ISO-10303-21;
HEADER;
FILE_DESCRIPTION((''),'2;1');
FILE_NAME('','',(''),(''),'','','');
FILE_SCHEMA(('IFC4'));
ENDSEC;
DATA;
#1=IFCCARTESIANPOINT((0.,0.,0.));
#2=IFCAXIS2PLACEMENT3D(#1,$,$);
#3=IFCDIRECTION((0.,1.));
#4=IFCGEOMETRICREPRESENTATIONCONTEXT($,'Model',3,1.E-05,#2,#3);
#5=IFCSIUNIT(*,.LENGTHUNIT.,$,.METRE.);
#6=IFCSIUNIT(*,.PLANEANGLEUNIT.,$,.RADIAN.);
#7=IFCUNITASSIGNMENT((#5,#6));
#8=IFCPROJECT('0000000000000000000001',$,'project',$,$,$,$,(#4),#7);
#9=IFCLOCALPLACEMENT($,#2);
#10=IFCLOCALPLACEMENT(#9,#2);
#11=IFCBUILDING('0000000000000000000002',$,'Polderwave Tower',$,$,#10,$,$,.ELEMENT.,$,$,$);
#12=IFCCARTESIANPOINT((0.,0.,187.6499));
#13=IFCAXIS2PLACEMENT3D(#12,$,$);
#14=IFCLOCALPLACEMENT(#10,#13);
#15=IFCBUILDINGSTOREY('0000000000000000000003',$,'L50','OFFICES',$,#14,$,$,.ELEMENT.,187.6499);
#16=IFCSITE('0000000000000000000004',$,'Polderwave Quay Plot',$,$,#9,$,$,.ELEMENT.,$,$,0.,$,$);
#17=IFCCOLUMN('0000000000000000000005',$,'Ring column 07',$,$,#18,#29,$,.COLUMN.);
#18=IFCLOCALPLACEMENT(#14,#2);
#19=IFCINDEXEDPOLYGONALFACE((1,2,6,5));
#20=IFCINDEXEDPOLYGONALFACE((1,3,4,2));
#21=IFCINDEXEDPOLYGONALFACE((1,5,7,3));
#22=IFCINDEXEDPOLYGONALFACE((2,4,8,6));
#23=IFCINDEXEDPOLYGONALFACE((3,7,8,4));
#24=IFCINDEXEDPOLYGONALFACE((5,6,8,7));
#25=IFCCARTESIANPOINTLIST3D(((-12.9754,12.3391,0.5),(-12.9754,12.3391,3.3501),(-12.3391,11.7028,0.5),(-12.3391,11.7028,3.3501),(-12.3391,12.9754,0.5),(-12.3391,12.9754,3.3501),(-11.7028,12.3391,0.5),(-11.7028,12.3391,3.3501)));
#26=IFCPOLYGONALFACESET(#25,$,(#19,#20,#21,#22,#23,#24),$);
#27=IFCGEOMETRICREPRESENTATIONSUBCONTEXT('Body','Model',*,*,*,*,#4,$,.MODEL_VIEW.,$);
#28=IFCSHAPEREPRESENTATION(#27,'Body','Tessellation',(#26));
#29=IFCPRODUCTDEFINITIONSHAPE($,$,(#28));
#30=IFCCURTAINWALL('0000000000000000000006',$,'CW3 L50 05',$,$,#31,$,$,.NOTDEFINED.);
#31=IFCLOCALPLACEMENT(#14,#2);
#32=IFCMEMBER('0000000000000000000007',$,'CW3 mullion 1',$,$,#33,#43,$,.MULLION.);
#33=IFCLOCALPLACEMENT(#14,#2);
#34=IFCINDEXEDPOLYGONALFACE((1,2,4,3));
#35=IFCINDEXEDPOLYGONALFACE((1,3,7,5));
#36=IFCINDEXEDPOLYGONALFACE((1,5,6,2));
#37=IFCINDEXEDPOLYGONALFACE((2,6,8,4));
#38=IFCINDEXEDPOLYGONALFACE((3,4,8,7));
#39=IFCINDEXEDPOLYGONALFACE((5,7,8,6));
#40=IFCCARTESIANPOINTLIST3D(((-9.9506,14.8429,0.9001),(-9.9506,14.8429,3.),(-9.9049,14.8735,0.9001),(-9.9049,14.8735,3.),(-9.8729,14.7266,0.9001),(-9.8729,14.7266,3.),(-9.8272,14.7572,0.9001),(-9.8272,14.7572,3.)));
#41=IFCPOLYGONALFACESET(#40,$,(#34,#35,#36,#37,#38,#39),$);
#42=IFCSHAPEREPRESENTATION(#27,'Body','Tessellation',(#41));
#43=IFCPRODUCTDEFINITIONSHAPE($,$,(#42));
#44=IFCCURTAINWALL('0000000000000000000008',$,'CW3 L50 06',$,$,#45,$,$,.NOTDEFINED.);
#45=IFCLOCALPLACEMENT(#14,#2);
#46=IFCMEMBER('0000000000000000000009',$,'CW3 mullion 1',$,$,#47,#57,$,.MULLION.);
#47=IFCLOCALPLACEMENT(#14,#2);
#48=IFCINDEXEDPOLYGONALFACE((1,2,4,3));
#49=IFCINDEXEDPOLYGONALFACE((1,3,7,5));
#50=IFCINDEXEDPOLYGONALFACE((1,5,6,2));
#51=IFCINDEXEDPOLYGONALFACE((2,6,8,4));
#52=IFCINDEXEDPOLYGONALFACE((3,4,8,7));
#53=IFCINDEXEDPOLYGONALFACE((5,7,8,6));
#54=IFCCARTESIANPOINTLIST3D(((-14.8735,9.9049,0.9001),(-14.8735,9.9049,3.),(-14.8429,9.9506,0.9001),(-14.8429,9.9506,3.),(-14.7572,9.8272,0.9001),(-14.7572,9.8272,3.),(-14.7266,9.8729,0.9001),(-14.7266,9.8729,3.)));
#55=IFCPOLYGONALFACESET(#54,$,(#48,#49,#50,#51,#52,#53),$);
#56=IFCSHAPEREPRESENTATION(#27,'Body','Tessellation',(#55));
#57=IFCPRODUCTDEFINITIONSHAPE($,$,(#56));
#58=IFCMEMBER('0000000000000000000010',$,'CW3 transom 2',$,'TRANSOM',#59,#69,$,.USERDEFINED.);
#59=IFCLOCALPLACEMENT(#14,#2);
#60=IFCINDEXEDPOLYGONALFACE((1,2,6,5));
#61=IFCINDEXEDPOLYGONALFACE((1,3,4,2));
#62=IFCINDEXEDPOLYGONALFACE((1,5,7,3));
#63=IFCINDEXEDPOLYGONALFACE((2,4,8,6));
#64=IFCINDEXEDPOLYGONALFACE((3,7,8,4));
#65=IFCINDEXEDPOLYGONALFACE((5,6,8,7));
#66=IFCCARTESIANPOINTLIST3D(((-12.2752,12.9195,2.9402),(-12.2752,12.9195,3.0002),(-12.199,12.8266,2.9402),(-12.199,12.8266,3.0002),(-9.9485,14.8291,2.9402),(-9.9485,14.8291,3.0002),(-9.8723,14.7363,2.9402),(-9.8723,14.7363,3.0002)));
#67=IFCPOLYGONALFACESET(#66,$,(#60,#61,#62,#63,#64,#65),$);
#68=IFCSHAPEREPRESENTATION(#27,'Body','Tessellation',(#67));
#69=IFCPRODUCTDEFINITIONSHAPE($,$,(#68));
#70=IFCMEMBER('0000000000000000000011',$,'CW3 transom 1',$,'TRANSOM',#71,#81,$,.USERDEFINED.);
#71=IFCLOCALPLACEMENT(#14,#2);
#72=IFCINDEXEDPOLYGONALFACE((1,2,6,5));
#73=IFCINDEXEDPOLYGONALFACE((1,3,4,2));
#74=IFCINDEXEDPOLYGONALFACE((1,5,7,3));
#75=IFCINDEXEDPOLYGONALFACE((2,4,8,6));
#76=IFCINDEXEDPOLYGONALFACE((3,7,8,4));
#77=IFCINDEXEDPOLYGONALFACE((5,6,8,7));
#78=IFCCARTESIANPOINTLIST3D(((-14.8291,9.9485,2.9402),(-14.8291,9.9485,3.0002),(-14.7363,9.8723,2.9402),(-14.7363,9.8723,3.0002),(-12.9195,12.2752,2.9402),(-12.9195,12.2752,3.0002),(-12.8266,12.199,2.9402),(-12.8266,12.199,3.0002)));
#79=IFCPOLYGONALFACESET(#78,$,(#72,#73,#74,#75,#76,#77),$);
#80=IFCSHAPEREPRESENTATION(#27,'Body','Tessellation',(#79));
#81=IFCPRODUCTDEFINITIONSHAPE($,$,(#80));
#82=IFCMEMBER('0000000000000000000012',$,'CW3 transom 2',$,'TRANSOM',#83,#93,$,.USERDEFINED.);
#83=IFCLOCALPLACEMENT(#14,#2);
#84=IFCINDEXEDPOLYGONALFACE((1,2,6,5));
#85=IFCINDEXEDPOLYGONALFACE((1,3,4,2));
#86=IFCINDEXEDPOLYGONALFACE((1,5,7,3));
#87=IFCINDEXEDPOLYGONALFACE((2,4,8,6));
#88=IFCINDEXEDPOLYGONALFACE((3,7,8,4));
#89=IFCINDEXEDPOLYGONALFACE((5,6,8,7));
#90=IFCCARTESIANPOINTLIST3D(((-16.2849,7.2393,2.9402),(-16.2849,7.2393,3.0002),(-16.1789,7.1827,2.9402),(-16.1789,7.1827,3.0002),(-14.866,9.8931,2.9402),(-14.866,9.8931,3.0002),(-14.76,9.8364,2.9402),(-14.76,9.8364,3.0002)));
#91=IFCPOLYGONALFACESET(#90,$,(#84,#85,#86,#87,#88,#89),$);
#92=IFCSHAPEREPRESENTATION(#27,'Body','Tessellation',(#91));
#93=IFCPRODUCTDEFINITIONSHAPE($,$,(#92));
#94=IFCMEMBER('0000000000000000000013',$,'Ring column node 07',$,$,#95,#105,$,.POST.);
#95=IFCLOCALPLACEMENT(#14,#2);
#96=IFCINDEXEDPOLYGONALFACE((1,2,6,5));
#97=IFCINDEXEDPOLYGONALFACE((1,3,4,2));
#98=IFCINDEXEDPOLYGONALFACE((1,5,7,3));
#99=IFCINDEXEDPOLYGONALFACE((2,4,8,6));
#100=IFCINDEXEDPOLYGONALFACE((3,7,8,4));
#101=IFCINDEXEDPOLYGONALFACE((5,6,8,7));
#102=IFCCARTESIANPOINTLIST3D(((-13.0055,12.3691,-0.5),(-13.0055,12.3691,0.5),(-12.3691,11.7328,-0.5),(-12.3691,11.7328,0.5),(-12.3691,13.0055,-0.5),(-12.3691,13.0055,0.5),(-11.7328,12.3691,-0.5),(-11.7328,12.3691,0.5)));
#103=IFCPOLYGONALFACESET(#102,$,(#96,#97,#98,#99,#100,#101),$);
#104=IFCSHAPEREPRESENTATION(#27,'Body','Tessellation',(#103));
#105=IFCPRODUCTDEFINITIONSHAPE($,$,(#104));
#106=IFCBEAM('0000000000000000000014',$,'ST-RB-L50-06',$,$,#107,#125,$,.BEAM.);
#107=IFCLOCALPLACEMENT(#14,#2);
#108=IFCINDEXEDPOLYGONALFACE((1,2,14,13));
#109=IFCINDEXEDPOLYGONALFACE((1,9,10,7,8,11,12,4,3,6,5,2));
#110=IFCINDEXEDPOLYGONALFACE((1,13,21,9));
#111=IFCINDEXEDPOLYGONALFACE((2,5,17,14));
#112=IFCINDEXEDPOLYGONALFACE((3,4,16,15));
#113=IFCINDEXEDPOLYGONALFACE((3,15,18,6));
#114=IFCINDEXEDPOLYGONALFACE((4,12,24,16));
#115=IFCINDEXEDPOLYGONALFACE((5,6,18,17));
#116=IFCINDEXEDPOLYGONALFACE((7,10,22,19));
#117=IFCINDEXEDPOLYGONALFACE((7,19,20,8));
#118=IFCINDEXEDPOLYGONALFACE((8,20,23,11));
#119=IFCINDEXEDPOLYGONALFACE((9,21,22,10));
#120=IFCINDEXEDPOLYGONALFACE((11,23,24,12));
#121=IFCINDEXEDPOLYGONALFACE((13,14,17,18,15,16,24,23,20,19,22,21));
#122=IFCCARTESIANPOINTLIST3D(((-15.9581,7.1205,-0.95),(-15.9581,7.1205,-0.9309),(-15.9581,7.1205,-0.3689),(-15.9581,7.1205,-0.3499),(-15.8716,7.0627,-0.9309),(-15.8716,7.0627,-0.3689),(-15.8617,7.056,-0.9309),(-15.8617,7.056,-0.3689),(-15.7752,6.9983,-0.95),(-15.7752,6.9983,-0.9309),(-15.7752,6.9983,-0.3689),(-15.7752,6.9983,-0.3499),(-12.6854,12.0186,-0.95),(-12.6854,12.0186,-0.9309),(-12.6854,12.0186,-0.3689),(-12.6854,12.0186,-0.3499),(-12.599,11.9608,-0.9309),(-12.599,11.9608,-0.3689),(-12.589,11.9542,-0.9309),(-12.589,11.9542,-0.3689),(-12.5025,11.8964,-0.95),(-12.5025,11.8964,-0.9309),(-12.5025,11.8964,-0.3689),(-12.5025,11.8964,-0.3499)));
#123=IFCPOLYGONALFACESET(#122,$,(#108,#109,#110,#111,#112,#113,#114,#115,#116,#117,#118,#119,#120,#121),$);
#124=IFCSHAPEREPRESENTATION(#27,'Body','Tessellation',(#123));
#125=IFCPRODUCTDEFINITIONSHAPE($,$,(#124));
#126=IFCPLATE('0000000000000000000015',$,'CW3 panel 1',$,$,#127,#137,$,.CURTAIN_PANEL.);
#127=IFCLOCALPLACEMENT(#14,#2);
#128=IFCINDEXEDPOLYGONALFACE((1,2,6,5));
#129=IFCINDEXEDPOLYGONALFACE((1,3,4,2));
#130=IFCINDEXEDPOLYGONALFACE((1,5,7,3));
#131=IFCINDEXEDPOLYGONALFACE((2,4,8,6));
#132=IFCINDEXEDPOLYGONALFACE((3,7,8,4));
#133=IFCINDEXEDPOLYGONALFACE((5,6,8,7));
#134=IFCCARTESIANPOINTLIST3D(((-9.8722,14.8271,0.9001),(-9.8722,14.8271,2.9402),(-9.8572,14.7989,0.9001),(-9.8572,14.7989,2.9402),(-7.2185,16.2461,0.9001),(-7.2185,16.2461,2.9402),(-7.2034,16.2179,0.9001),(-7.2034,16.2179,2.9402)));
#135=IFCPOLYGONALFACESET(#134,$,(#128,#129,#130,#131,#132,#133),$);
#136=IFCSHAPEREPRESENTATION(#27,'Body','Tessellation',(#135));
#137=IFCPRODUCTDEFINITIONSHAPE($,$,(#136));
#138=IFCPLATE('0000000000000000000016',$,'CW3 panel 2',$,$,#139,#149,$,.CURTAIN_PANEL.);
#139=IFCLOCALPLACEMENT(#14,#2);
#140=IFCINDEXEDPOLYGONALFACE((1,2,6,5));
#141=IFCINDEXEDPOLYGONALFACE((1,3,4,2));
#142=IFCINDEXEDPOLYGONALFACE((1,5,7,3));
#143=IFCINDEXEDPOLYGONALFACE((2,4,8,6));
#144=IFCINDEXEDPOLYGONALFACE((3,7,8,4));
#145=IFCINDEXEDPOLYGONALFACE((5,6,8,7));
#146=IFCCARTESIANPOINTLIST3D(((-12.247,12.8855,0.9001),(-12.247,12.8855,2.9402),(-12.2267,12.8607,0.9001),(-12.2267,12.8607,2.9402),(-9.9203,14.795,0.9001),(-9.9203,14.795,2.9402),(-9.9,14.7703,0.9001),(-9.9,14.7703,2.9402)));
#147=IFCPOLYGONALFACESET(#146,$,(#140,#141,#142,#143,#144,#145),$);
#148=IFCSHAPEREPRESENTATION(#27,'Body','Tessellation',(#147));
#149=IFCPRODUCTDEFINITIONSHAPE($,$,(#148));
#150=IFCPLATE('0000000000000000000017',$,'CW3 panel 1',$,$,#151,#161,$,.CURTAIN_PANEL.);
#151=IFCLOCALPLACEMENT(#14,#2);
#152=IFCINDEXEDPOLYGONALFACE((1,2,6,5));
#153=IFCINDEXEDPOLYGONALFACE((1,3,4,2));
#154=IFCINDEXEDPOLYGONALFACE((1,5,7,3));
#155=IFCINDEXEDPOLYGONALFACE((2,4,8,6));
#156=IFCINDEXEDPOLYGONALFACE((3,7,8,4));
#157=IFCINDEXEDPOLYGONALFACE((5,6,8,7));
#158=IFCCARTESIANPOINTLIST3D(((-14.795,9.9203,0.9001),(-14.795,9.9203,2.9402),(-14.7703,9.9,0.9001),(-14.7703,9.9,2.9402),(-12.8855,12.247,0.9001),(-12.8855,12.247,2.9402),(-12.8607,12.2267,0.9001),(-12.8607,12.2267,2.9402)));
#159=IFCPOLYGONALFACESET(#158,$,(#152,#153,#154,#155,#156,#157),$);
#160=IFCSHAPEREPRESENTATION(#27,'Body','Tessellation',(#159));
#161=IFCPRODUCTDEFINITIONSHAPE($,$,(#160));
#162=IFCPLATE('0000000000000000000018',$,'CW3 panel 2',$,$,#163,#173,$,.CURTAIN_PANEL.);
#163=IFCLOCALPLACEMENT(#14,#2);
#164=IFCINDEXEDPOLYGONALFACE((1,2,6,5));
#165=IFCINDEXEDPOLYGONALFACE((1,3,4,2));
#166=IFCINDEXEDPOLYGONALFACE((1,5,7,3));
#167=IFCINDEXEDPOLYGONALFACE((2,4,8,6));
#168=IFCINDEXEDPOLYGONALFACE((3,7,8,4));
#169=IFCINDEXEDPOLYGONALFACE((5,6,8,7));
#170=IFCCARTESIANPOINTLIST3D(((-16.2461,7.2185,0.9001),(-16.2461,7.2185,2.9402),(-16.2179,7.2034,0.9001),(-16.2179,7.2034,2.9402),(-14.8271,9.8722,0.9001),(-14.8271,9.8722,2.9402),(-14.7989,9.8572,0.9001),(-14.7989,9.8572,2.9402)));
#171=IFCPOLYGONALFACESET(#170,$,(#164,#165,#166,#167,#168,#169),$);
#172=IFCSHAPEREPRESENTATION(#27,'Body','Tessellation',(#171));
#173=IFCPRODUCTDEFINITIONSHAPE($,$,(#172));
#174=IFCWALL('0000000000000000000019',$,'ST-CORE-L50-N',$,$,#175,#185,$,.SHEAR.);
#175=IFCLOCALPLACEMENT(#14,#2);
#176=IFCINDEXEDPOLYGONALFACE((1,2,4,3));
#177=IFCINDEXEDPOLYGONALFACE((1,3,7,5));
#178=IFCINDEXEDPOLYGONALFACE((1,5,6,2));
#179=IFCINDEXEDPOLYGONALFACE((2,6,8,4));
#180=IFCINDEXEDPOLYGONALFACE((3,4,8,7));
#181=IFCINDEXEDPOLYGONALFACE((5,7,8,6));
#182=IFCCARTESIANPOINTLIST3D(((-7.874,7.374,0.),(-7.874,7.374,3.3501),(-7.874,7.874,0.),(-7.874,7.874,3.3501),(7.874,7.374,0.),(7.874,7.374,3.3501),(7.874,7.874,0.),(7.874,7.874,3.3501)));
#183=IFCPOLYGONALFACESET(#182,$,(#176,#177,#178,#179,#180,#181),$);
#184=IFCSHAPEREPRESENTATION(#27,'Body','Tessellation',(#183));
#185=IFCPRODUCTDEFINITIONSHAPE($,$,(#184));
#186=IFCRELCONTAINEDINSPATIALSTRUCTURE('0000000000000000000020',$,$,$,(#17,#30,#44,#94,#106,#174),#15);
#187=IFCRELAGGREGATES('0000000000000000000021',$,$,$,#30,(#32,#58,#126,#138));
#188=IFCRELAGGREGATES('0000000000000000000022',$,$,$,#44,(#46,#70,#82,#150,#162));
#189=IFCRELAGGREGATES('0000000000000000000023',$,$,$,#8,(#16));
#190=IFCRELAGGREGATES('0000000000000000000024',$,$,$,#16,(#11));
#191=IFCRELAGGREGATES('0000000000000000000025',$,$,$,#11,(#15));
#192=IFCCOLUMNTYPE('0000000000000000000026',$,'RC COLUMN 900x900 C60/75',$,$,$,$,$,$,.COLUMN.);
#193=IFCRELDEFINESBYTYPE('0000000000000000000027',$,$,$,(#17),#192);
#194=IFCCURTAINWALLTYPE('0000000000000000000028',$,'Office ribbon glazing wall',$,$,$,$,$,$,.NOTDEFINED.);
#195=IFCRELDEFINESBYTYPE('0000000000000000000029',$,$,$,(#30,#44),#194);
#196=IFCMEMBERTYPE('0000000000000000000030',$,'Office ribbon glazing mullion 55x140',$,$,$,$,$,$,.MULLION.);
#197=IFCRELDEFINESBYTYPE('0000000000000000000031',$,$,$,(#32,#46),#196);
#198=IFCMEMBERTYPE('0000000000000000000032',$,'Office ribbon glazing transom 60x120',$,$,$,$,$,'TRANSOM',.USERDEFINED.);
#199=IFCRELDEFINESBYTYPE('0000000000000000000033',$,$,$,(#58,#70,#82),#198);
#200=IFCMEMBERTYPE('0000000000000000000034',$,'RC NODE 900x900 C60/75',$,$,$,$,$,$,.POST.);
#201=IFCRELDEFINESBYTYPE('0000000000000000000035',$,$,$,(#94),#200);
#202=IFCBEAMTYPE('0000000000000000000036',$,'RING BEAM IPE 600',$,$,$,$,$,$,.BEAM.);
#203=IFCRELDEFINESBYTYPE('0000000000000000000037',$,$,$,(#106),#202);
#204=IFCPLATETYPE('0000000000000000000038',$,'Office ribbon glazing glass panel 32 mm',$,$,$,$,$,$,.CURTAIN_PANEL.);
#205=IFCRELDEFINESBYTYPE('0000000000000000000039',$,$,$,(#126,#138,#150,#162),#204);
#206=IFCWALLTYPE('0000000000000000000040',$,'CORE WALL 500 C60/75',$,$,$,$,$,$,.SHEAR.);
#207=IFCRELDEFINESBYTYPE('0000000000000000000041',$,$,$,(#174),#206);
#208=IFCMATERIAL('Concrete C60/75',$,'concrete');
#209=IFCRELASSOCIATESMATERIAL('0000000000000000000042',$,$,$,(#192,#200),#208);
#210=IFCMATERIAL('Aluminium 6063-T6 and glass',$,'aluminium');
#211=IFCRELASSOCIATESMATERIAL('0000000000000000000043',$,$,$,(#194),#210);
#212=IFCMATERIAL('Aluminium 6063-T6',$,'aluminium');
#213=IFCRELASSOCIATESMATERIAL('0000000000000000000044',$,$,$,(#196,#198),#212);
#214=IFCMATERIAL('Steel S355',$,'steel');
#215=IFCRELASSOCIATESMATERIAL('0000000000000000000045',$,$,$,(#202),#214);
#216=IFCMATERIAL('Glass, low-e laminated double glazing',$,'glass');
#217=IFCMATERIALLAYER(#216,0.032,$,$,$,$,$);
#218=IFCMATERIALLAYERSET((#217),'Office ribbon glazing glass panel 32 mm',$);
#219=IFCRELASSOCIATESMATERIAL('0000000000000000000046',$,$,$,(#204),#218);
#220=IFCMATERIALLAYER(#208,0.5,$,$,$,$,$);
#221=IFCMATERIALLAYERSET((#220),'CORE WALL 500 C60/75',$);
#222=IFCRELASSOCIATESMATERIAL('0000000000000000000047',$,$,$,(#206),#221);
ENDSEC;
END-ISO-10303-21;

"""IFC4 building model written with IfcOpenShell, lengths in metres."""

from ifc_helpers import new_model, si_unit, direction, frame, frame_2d, origin, origin_2d, place, context, subcontext, project, spatial, rectangle, i_section, extrude, material, layer, layer_set, material_profile, profile_set, type_object, element, aggregate, save


model = new_model("IFC4")

# Units and contexts
model_context = context("Model", 3, precision=1e-05, world=origin(), true_north=direction((0.0, 1.0)))
body_context = subcontext(model_context, "Body", "Model", "MODEL_VIEW")
ifc_project = project(units=[si_unit("LENGTHUNIT", "METRE"), si_unit("PLANEANGLEUNIT", "RADIAN")], contexts=[model_context])

# Site, building, storey
site_placement = place(None, origin())
site = spatial("IfcSite", under=ifc_project, at=site_placement, Name="Polderwave Quay Plot", CompositionType="ELEMENT", RefElevation=0.0)
building_placement = place(site_placement, origin())
building = spatial("IfcBuilding", under=site, at=building_placement, Name="Polderwave Tower", CompositionType="ELEMENT")
storey_placement = place(building_placement, frame((0.0, 0.0, 187.6499)))
storey = spatial("IfcBuildingStorey", under=building, at=storey_placement, Name="L50", Description="OFFICES", CompositionType="ELEMENT", Elevation=187.6499)

# Column
ifc_material_1 = material(Name="Concrete C60/75", Category="concrete")
ifc_material_profile_1 = material_profile(ifc_material_1, rectangle(XDim=0.8999, YDim=0.8999, at=origin_2d()), Name="RC 900x900")
ifc_profile_set_1 = profile_set([ifc_material_profile_1], Name="Concrete C60/75")
column_type = type_object("IfcColumnType", Name="RC COLUMN 900x900 C60/75", PredefinedType="COLUMN", material=ifc_profile_set_1)
column_placement = place(storey_placement, frame((-12.3391, 12.3391, 0.5), z_axis=(0.0, 0.0, 1.0), x_axis=(-0.707107, 0.707107, 0.0)))
element("IfcColumn", 1, at=column_placement, inside=storey, type_object=column_type, Name="Ring column 07", PredefinedType="COLUMN", context=body_context, shape_type="SweptSolid", body=[
    extrude(rectangle(XDim=0.8999, YDim=0.8999, at=origin_2d()), origin(), (0.0, 0.0, 1.0), 2.8501),
])

# Curtain walls, members
ifc_material_2 = material(Name="Aluminium 6063-T6 and glass", Category="aluminium")
curtain_wall_type = type_object("IfcCurtainWallType", Name="Office ribbon glazing wall", PredefinedType="NOTDEFINED", material=ifc_material_2)
curtain_wall_1_placement = place(storey_placement, origin())
curtain_wall_1 = element("IfcCurtainWall", 2, at=curtain_wall_1_placement, inside=storey, type_object=curtain_wall_type, Name="CW3 L50 05", PredefinedType="NOTDEFINED")
ifc_material_3 = material(Name="Aluminium 6063-T6", Category="aluminium")
ifc_material_profile_2 = material_profile(ifc_material_3, rectangle(XDim=0.1399, YDim=0.0549, at=origin_2d()), Name="AL 55x140")
ifc_profile_set_2 = profile_set([ifc_material_profile_2], Name="Aluminium 6063-T6")
member_type_1 = type_object("IfcMemberType", Name="Office ribbon glazing mullion 55x140", PredefinedType="MULLION", material=ifc_profile_set_2)
member_1_placement = place(storey_placement, frame((-9.8889, 14.8, 0.9001), z_axis=(0.0, 0.0, 1.0), x_axis=(0.555646, -0.831419, 0.0)))
member_1 = element("IfcMember", 3, at=member_1_placement, type_object=member_type_1, Name="CW3 mullion 1", PredefinedType="MULLION", context=body_context, shape_type="SweptSolid", body=[
    extrude(rectangle(XDim=0.1399, YDim=0.0549, at=origin_2d()), origin(), (0.0, 0.0, 1.0), 2.0999),
])
curtain_wall_2_placement = place(storey_placement, origin())
curtain_wall_2 = element("IfcCurtainWall", 4, at=curtain_wall_2_placement, inside=storey, type_object=curtain_wall_type, Name="CW3 L50 06", PredefinedType="NOTDEFINED")
member_2_placement = place(storey_placement, frame((-14.8, 9.8889, 0.9001), z_axis=(0.0, 0.0, 1.0), x_axis=(0.831419, -0.555646, 0.0)))
member_2 = element("IfcMember", 5, at=member_2_placement, type_object=member_type_1, Name="CW3 mullion 1", PredefinedType="MULLION", context=body_context, shape_type="SweptSolid", body=[
    extrude(rectangle(XDim=0.1399, YDim=0.0549, at=origin_2d()), origin(), (0.0, 0.0, 1.0), 2.0999),
])

# Members
ifc_material_profile_3 = material_profile(ifc_material_3, rectangle(XDim=0.1201, YDim=0.0601, at=origin_2d()), Name="AL 60x120")
ifc_profile_set_3 = profile_set([ifc_material_profile_3], Name="Aluminium 6063-T6")
member_type_2 = type_object("IfcMemberType", Name="Office ribbon glazing transom 60x120", ElementType="TRANSOM", PredefinedType="USERDEFINED", material=ifc_profile_set_3)
member_3_placement = place(storey_placement, frame((-9.9104, 14.7827, 2.9702), z_axis=(-0.772973, -0.634438, 0.0), x_axis=(0.634438, -0.772973, 0.0)))
member_3 = element("IfcMember", 6, at=member_3_placement, type_object=member_type_2, Name="CW3 transom 2", ObjectType="TRANSOM", PredefinedType="USERDEFINED", context=body_context, shape_type="SweptSolid", body=[
    extrude(rectangle(XDim=0.1201, YDim=0.0601, at=origin_2d()), origin(), (0.0, 0.0, 1.0), 3.01),
])
member_4_placement = place(storey_placement, frame((-12.873, 12.2371, 2.9702), z_axis=(-0.634438, -0.772973, 0.0), x_axis=(0.772973, -0.634438, 0.0)))
member_4 = element("IfcMember", 7, at=member_4_placement, type_object=member_type_2, Name="CW3 transom 1", ObjectType="TRANSOM", PredefinedType="USERDEFINED", context=body_context, shape_type="SweptSolid", body=[
    extrude(rectangle(XDim=0.1201, YDim=0.0601, at=origin_2d()), origin(), (0.0, 0.0, 1.0), 3.01),
])
member_5_placement = place(storey_placement, frame((-14.813, 9.8647, 2.9702), z_axis=(-0.471514, -0.881858, 0.0), x_axis=(0.881858, -0.471514, 0.0)))
member_5 = element("IfcMember", 8, at=member_5_placement, type_object=member_type_2, Name="CW3 transom 2", ObjectType="TRANSOM", PredefinedType="USERDEFINED", context=body_context, shape_type="SweptSolid", body=[
    extrude(rectangle(XDim=0.1201, YDim=0.0601, at=origin_2d()), origin(), (0.0, 0.0, 1.0), 3.0093),
])
ifc_material_profile_4 = material_profile(ifc_material_1, rectangle(XDim=0.8999, YDim=0.8999, at=origin_2d()), Name="RC 900x900")
ifc_profile_set_4 = profile_set([ifc_material_profile_4], Name="Concrete C60/75")
member_type_3 = type_object("IfcMemberType", Name="RC NODE 900x900 C60/75", PredefinedType="POST", material=ifc_profile_set_4)
member_6_placement = place(storey_placement, frame((-12.3691, 12.3691, -0.5), z_axis=(0.0, 0.0, 1.0), x_axis=(-0.707107, 0.707107, 0.0)))
element("IfcMember", 9, at=member_6_placement, inside=storey, type_object=member_type_3, Name="Ring column node 07", PredefinedType="POST", context=body_context, shape_type="SweptSolid", body=[
    extrude(rectangle(XDim=0.8999, YDim=0.8999, at=origin_2d()), origin(), (0.0, 0.0, 1.0), 1.0),
])

# Beam
ifc_material_4 = material(Name="Steel S355", Category="steel")
ifc_material_profile_5 = material_profile(ifc_material_4, i_section(OverallWidth=0.22, OverallDepth=0.6001, WebThickness=0.012, FlangeThickness=0.019, at=origin_2d()), Name="IPE 600")
ifc_profile_set_5 = profile_set([ifc_material_profile_5], Name="Steel S355")
beam_type = type_object("IfcBeamType", Name="RING BEAM IPE 600", PredefinedType="BEAM", material=ifc_profile_set_5)
beam_placement = place(storey_placement, frame((-12.594, 11.9575, -0.6499), z_axis=(-0.555551, -0.831482, 0.0), x_axis=(0.831482, -0.555551, 0.0)))
element("IfcBeam", 10, at=beam_placement, inside=storey, type_object=beam_type, Name="ST-RB-L50-06", PredefinedType="BEAM", context=body_context, shape_type="SweptSolid", body=[
    extrude(i_section(OverallWidth=0.22, OverallDepth=0.6001, WebThickness=0.012, FlangeThickness=0.019, at=origin_2d()), origin(), (0.0, 0.0, 1.0), 5.8909),
])

# Plates
ifc_material_5 = material(Name="Glass, low-e laminated double glazing", Category="glass")
ifc_layer_1 = layer(ifc_material_5, 0.032)
ifc_layer_set_1 = layer_set([ifc_layer_1], Name="Office ribbon glazing glass panel 32 mm")
plate_type = type_object("IfcPlateType", Name="Office ribbon glazing glass panel 32 mm", PredefinedType="CURTAIN_PANEL", material=ifc_layer_set_1)
plate_1_placement = place(storey_placement, frame((-8.5378, 15.5225, 0.9001), z_axis=(0.0, 0.0, 1.0), x_axis=(-0.881842, -0.471544, 0.0)))
plate_1 = element("IfcPlate", 11, at=plate_1_placement, type_object=plate_type, Name="CW3 panel 1", PredefinedType="CURTAIN_PANEL", context=body_context, shape_type="SweptSolid", body=[
    extrude(rectangle(XDim=3.0093, YDim=0.032, at=origin_2d()), origin(), (0.0, 0.0, 1.0), 2.04),
])
plate_2_placement = place(storey_placement, frame((-11.0735, 13.8279, 0.9001), z_axis=(0.0, 0.0, 1.0), x_axis=(-0.773003, -0.634403, 0.0)))
plate_2 = element("IfcPlate", 12, at=plate_2_placement, type_object=plate_type, Name="CW3 panel 2", PredefinedType="CURTAIN_PANEL", context=body_context, shape_type="SweptSolid", body=[
    extrude(rectangle(XDim=3.01, YDim=0.032, at=origin_2d()), origin(), (0.0, 0.0, 1.0), 2.04),
])
aggregate(curtain_wall_1, [member_1, member_3, plate_1, plate_2])
plate_3_placement = place(storey_placement, frame((-13.8279, 11.0735, 0.9001), z_axis=(0.0, 0.0, 1.0), x_axis=(-0.634403, -0.773003, 0.0)))
plate_3 = element("IfcPlate", 13, at=plate_3_placement, type_object=plate_type, Name="CW3 panel 1", PredefinedType="CURTAIN_PANEL", context=body_context, shape_type="SweptSolid", body=[
    extrude(rectangle(XDim=3.01, YDim=0.032, at=origin_2d()), origin(), (0.0, 0.0, 1.0), 2.04),
])
plate_4_placement = place(storey_placement, frame((-15.5225, 8.5378, 0.9001), z_axis=(0.0, 0.0, 1.0), x_axis=(-0.471544, -0.881842, 0.0)))
plate_4 = element("IfcPlate", 14, at=plate_4_placement, type_object=plate_type, Name="CW3 panel 2", PredefinedType="CURTAIN_PANEL", context=body_context, shape_type="SweptSolid", body=[
    extrude(rectangle(XDim=3.0093, YDim=0.032, at=origin_2d()), origin(), (0.0, 0.0, 1.0), 2.04),
])
aggregate(curtain_wall_2, [member_2, member_4, member_5, plate_3, plate_4])

# Wall
ifc_layer_2 = layer(ifc_material_1, 0.5)
ifc_layer_set_2 = layer_set([ifc_layer_2], Name="CORE WALL 500 C60/75")
wall_type_1 = type_object("IfcWallType", Name="CORE WALL 500 C60/75", PredefinedType="SHEAR", material=ifc_layer_set_2)
wall_1_placement = place(storey_placement, frame((-7.874, 7.624, 0.0), z_axis=(0.0, 0.0, 1.0), x_axis=(1.0, 0.0, 0.0)))
element("IfcWall", 15, at=wall_1_placement, inside=storey, type_object=wall_type_1, Name="ST-CORE-L50-N", PredefinedType="SHEAR", context=body_context, shape_type="SweptSolid", body=[
    extrude(rectangle(XDim=15.748, YDim=0.5, at=frame_2d((7.874, 0.0))), origin(), (0.0, 0.0, 1.0), 3.3501),
])

save(model, "model.ifc")
